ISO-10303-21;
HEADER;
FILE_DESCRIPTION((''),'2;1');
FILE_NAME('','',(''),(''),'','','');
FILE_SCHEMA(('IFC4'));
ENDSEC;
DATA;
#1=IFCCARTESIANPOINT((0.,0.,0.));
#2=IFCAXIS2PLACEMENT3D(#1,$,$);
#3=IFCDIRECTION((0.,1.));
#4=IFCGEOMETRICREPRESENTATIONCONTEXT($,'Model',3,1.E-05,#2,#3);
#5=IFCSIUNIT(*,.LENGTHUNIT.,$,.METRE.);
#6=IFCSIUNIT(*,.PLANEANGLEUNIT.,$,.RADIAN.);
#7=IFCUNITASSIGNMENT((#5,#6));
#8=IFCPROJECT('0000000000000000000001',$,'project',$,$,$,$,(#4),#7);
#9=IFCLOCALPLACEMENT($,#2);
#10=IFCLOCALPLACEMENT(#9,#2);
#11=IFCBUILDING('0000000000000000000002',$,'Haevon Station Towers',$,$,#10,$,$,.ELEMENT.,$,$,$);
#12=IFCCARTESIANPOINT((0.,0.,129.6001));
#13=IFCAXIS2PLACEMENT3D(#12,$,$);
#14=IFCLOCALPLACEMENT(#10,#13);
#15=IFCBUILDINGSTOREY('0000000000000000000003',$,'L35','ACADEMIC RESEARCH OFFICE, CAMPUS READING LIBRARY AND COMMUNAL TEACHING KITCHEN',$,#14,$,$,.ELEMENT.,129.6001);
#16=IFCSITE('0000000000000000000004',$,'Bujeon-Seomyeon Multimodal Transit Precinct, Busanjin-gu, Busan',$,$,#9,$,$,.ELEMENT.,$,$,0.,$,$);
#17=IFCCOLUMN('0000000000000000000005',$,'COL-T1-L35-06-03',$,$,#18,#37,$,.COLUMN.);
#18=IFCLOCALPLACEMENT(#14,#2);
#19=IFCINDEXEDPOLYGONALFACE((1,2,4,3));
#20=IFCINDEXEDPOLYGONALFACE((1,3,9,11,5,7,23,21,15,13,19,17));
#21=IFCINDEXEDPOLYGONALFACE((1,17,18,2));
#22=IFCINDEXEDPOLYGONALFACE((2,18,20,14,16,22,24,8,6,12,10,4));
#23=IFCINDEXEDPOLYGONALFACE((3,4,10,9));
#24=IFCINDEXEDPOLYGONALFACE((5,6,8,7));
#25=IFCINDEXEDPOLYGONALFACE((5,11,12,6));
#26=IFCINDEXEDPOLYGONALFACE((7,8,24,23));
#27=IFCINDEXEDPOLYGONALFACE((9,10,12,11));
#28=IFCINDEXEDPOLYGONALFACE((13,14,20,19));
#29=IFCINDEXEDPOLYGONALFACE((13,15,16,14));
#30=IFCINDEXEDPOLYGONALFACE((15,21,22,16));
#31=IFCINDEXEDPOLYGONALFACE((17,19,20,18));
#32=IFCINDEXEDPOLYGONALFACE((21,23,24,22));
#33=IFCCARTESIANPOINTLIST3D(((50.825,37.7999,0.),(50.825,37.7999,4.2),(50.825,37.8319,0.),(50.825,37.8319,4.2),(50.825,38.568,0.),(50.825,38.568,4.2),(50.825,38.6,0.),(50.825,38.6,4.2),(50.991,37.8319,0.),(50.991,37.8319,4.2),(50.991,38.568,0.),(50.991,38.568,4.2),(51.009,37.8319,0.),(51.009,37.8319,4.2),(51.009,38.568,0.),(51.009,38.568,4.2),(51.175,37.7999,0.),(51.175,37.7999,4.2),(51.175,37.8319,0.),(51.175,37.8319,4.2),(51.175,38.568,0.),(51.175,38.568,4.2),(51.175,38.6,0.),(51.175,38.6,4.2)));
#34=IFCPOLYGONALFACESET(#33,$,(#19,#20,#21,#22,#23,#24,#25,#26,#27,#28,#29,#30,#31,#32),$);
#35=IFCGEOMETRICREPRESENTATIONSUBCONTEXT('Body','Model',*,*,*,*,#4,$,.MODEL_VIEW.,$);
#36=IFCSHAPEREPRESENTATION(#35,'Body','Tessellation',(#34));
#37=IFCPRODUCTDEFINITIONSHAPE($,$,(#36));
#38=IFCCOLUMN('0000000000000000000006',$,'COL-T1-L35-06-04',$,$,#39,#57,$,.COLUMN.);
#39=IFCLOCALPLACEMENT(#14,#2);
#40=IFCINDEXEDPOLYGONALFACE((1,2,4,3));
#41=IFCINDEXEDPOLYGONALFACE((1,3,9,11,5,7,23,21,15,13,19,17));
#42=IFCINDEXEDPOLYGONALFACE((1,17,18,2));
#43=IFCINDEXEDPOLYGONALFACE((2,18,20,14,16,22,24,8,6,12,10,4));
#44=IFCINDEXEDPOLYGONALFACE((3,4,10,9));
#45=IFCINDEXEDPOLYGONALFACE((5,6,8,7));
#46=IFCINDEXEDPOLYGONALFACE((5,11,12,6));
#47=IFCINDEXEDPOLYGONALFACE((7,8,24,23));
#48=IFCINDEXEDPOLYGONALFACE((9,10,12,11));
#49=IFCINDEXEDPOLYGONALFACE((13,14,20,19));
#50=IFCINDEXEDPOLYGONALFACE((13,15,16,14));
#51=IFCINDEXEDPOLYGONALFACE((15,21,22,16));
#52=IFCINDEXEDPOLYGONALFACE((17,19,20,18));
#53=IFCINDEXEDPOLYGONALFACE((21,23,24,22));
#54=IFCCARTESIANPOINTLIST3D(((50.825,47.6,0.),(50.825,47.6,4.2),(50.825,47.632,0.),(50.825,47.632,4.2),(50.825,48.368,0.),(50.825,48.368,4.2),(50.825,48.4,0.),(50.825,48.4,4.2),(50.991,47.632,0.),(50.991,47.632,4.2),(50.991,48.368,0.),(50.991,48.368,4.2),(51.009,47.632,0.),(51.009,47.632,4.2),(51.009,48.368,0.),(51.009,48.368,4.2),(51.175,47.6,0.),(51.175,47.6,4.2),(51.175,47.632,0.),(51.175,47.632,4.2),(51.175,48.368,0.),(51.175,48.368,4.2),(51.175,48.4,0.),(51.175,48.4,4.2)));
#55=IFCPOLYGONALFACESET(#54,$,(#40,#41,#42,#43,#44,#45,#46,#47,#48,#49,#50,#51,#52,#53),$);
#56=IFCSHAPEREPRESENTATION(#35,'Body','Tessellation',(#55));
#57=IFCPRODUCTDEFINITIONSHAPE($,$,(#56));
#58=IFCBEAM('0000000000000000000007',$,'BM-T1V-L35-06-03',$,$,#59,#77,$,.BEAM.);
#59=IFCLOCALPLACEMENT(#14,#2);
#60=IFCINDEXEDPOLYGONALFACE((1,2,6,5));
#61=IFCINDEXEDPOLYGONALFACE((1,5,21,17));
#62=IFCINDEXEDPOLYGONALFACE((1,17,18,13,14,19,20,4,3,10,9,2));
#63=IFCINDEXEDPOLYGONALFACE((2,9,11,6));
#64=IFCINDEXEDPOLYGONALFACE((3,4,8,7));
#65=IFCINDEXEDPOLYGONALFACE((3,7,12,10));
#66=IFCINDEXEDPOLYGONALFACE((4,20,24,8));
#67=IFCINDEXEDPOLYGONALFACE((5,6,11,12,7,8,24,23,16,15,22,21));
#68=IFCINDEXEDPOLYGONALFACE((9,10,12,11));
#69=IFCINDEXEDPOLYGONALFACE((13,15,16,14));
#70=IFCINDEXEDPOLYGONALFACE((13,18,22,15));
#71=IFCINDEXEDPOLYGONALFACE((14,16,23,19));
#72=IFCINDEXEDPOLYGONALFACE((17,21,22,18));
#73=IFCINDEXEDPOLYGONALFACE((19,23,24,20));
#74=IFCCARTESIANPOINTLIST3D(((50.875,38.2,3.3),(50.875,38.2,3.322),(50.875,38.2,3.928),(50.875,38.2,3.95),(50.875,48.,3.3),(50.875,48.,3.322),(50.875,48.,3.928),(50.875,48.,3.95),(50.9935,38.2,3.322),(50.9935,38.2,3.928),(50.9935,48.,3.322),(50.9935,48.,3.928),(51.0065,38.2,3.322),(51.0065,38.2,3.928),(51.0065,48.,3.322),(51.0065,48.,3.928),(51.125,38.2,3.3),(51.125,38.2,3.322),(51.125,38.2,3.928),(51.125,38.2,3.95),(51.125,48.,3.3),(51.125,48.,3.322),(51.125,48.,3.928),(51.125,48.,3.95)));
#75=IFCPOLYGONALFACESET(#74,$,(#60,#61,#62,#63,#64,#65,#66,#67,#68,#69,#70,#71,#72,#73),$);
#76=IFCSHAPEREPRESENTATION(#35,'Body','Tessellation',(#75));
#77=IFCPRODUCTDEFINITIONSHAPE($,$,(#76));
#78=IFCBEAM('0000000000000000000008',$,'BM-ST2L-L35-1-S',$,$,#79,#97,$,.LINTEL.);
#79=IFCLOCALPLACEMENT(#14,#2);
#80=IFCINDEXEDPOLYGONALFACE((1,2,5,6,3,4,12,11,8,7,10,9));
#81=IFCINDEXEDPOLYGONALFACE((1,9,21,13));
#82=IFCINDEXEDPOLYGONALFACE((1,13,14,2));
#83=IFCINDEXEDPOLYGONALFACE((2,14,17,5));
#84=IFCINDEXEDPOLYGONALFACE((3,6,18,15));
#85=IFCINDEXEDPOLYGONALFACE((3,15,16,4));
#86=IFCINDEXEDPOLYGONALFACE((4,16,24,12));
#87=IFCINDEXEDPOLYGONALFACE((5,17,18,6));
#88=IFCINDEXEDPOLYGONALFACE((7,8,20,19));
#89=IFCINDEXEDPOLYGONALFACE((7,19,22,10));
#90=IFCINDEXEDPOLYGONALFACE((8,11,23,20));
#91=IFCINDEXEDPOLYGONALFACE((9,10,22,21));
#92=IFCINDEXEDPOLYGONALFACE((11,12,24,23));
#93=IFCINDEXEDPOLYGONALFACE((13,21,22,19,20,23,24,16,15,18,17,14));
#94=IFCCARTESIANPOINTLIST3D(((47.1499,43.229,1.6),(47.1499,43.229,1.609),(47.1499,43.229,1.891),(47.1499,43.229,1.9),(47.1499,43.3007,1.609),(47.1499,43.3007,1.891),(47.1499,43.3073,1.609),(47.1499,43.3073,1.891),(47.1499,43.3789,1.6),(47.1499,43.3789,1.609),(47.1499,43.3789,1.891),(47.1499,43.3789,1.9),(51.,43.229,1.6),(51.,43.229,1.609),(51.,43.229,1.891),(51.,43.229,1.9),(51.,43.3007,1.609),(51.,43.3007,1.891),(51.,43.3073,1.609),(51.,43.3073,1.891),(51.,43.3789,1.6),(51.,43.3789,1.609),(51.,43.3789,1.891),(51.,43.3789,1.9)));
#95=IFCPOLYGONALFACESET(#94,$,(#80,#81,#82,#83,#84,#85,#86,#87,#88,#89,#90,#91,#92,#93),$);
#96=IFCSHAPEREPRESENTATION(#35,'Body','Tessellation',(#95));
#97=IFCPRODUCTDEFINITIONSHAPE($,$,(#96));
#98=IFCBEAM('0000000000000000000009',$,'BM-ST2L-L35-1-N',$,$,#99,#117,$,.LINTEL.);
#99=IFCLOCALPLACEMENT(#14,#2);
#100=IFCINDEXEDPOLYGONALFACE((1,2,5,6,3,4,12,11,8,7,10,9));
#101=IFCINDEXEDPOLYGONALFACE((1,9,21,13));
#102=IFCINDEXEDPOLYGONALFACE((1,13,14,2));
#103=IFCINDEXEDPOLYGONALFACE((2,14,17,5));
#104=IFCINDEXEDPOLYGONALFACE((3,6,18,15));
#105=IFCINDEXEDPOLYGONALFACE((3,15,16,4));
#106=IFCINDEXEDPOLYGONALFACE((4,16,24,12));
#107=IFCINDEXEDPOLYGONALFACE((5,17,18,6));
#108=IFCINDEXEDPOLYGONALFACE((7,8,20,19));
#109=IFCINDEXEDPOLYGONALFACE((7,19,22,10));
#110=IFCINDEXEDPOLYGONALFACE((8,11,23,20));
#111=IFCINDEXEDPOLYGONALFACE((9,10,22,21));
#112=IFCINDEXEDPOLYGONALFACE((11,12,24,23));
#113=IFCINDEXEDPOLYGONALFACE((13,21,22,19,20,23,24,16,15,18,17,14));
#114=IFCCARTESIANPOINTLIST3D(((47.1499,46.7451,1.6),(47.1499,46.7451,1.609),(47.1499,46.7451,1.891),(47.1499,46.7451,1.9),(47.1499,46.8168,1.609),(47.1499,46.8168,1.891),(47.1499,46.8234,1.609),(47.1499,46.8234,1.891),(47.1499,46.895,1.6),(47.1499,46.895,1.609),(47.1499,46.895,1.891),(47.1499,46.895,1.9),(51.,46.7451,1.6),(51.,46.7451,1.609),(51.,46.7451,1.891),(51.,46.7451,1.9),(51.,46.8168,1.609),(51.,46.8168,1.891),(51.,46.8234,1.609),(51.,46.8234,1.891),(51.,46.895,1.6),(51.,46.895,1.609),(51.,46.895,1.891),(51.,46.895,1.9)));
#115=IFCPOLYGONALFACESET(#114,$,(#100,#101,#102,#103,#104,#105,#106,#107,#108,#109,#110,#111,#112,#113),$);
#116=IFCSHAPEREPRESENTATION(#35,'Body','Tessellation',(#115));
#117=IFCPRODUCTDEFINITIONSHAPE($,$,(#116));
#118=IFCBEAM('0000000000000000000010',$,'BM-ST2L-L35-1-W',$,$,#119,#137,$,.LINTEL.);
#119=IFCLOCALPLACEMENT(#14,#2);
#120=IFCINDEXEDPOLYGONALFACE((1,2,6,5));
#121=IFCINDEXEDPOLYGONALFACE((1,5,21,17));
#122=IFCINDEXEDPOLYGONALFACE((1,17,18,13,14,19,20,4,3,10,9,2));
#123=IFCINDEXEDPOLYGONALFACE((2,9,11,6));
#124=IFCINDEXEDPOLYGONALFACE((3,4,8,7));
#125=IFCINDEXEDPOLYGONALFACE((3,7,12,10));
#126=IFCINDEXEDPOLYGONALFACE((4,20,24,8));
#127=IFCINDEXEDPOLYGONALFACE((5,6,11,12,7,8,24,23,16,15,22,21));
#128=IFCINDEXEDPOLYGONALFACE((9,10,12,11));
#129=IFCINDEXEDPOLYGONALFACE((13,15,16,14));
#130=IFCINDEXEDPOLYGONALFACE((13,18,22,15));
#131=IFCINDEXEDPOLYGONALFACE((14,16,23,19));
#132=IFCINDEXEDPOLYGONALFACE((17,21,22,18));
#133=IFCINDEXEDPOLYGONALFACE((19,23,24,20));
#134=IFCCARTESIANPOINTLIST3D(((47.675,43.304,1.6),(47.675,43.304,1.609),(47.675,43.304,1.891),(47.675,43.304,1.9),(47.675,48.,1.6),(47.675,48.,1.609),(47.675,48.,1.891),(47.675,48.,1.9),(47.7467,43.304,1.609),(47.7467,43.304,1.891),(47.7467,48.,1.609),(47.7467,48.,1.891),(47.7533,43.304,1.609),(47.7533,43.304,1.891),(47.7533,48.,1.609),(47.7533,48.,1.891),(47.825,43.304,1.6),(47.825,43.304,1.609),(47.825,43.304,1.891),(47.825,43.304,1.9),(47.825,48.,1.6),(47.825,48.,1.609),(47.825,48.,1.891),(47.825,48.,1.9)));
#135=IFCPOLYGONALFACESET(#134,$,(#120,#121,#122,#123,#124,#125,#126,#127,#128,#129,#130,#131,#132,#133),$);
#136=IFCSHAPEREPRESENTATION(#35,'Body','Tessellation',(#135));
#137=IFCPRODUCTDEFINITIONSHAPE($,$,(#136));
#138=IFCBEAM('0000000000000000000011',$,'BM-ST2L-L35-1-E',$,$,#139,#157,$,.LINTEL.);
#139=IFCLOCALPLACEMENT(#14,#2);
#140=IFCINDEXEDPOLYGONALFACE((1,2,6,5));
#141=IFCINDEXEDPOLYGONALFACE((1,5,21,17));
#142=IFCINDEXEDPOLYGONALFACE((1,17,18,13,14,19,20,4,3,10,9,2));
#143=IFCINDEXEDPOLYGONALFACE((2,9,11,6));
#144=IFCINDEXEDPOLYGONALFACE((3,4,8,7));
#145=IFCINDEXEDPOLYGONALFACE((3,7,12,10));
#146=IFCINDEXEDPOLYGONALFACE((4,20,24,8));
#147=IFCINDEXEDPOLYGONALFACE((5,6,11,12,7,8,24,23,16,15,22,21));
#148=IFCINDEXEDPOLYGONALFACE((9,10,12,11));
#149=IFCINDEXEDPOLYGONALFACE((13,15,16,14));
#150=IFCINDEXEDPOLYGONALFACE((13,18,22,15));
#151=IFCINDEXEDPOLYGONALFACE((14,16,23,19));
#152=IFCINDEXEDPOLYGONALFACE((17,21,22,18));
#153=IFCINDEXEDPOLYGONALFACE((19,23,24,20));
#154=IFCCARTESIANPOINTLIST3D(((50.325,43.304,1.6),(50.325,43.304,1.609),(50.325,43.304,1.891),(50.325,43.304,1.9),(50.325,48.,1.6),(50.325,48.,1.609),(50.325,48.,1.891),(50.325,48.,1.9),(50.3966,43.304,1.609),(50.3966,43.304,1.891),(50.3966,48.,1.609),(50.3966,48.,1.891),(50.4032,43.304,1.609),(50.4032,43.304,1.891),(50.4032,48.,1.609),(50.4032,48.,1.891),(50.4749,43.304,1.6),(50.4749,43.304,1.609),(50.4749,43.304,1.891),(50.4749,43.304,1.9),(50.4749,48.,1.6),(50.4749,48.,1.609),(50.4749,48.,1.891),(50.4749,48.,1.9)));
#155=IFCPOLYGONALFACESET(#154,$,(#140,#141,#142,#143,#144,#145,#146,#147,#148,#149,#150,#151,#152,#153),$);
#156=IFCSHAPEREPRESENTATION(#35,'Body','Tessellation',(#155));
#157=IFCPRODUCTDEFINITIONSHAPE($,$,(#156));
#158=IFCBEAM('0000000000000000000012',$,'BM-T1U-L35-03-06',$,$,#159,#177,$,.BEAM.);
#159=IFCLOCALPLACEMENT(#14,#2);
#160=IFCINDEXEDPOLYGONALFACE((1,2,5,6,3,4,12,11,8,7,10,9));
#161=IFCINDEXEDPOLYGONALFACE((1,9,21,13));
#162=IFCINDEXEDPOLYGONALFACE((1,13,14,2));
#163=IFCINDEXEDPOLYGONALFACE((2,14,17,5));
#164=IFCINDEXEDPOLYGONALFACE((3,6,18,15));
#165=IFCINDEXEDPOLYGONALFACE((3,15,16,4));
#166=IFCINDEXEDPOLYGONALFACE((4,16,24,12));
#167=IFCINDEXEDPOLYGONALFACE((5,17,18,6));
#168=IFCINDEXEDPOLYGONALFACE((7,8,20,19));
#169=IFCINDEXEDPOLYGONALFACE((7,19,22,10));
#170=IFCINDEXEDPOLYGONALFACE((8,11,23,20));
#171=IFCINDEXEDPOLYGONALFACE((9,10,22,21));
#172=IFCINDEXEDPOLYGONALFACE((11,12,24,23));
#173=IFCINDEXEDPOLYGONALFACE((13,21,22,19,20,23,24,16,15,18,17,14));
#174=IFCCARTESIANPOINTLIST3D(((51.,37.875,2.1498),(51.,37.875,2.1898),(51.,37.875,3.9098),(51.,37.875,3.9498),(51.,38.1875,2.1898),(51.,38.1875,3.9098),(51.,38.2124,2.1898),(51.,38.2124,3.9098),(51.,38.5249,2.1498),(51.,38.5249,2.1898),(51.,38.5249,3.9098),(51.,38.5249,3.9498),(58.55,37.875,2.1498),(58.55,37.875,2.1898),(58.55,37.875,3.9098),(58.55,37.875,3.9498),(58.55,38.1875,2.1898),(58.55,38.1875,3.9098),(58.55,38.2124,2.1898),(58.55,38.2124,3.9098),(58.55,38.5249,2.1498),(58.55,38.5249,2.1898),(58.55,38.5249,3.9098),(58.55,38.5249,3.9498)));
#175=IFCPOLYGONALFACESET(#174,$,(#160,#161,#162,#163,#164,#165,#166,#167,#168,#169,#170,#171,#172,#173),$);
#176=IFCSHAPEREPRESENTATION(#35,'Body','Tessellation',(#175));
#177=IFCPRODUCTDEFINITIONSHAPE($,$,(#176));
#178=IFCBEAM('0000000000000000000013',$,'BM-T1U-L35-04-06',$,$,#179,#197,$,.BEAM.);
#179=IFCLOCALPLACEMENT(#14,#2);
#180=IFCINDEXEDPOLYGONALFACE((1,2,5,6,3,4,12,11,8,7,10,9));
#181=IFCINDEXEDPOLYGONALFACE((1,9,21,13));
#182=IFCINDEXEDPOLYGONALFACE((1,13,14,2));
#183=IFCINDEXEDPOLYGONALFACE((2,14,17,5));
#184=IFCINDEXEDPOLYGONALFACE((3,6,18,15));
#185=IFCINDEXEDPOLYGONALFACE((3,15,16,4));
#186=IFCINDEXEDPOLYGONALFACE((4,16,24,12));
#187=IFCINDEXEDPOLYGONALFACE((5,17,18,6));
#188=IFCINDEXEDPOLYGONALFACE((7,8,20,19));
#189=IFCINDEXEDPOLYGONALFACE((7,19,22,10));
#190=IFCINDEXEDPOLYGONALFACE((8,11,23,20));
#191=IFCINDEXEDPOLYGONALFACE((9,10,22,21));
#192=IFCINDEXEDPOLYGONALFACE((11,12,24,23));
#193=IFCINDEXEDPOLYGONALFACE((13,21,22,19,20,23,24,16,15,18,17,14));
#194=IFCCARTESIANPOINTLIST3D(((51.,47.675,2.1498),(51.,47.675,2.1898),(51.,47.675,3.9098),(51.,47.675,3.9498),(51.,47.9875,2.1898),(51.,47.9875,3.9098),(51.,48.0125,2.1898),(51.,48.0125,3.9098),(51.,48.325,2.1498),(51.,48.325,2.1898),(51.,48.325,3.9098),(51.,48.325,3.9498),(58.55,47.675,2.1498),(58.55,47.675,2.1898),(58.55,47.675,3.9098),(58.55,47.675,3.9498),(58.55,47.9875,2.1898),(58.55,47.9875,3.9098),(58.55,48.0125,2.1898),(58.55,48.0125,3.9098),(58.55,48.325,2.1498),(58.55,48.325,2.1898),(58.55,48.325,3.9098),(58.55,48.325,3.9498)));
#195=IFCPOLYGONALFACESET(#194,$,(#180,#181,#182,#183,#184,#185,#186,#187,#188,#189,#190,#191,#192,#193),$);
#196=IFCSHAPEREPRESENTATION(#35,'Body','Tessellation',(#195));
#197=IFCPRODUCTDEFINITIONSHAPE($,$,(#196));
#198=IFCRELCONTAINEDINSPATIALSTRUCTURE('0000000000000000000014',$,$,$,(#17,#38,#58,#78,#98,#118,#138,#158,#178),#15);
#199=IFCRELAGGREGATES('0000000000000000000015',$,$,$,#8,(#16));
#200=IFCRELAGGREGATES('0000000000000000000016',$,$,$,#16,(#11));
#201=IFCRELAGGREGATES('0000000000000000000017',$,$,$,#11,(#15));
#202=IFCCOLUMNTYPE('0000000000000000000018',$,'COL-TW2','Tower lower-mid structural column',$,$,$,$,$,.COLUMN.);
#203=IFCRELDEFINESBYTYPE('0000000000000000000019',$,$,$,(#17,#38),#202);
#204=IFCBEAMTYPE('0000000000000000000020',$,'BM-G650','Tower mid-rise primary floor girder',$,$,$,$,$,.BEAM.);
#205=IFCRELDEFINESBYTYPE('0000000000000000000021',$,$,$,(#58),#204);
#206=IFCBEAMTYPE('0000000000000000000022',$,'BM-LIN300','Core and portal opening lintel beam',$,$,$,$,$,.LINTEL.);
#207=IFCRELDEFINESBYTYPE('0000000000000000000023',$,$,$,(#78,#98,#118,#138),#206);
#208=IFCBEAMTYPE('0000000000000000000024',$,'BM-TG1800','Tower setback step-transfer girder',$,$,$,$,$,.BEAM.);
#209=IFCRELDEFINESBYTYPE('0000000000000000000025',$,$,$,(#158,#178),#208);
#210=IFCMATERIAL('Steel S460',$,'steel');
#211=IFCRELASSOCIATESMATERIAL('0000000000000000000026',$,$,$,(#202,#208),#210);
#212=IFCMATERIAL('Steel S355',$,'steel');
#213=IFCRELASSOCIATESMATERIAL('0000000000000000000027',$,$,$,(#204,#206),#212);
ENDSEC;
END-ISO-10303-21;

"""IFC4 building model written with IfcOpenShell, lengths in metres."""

from ifc_helpers import new_model, si_unit, direction, frame, origin, origin_2d, place, context, subcontext, project, spatial, i_section, extrude, material, material_profile, profile_set, type_object, element, save


model = new_model("IFC4")

# Units and contexts
model_context = context("Model", 3, precision=1e-05, world=origin(), true_north=direction((0.0, 1.0)))
body_context = subcontext(model_context, "Body", "Model", "MODEL_VIEW")
ifc_project = project(units=[si_unit("LENGTHUNIT", "METRE"), si_unit("PLANEANGLEUNIT", "RADIAN")], contexts=[model_context])

# Site, building, storey
site_placement = place(None, origin())
site = spatial("IfcSite", under=ifc_project, at=site_placement, Name="Bujeon-Seomyeon Multimodal Transit Precinct, Busanjin-gu, Busan", CompositionType="ELEMENT", RefElevation=0.0)
building_placement = place(site_placement, origin())
building = spatial("IfcBuilding", under=site, at=building_placement, Name="Haevon Station Towers", CompositionType="ELEMENT")
storey_placement = place(building_placement, frame((0.0, 0.0, 129.6001)))
storey = spatial("IfcBuildingStorey", under=building, at=storey_placement, Name="L35", Description="ACADEMIC RESEARCH OFFICE, CAMPUS READING LIBRARY AND COMMUNAL TEACHING KITCHEN", CompositionType="ELEMENT", Elevation=129.6001)

# Columns
ifc_material_1 = material(Name="Steel S460", Category="steel")
ifc_material_profile_1 = material_profile(ifc_material_1, i_section(OverallWidth=0.3501, OverallDepth=0.8, WebThickness=0.0181, FlangeThickness=0.032, at=origin_2d()), Name="H-800x350x18x32")
ifc_profile_set_1 = profile_set([ifc_material_profile_1], Name="Steel S460")
column_type = type_object("IfcColumnType", Name="COL-TW2", Description="Tower lower-mid structural column", PredefinedType="COLUMN", material=ifc_profile_set_1)
for number, where, z_axis, x_axis, name in (
    (1, (51.0, 38.2, 0.0), (0.0, 0.0, 1.0), (1.0, 0.0, 0.0), "COL-T1-L35-06-03"),
    (2, (51.0, 48.0, 0.0), (0.0, 0.0, 1.0), (1.0, 0.0, 0.0), "COL-T1-L35-06-04"),
):
    element("IfcColumn", number, at=place(storey_placement, frame(where, z_axis=z_axis, x_axis=x_axis)), inside=storey, type_object=column_type, Name=name, PredefinedType="COLUMN", context=body_context, shape_type="SweptSolid", body=[
        extrude(i_section(OverallWidth=0.3501, OverallDepth=0.8, WebThickness=0.0181, FlangeThickness=0.032, at=origin_2d()), origin(), (0.0, 0.0, 1.0), 4.2),
    ])

# Beams
ifc_material_2 = material(Name="Steel S355", Category="steel")
ifc_material_profile_2 = material_profile(ifc_material_2, i_section(OverallWidth=0.25, OverallDepth=0.6499, WebThickness=0.0129, FlangeThickness=0.022, at=origin_2d()), Name="H-650x250x13x22")
ifc_profile_set_2 = profile_set([ifc_material_profile_2], Name="Steel S355")
beam_type_1 = type_object("IfcBeamType", Name="BM-G650", Description="Tower mid-rise primary floor girder", PredefinedType="BEAM", material=ifc_profile_set_2)
beam_placement = place(storey_placement, frame((51.0, 38.2, 3.625), z_axis=(0.0, 1.0, 0.0), x_axis=(-1.0, 0.0, 0.0)))
element("IfcBeam", 3, at=beam_placement, inside=storey, type_object=beam_type_1, Name="BM-T1V-L35-06-03", PredefinedType="BEAM", context=body_context, shape_type="SweptSolid", body=[
    extrude(i_section(OverallWidth=0.25, OverallDepth=0.6499, WebThickness=0.0129, FlangeThickness=0.022, at=origin_2d()), origin(), (0.0, 0.0, 1.0), 9.8),
])
ifc_material_profile_3 = material_profile(ifc_material_2, i_section(OverallWidth=0.1499, OverallDepth=0.3, WebThickness=0.0066, FlangeThickness=0.009, at=origin_2d()), Name="H-300x150x6.5x9")
ifc_profile_set_3 = profile_set([ifc_material_profile_3], Name="Steel S355")
beam_type_2 = type_object("IfcBeamType", Name="BM-LIN300", Description="Core and portal opening lintel beam", PredefinedType="LINTEL", material=ifc_profile_set_3)
for number, where, z_axis, x_axis, name in (
    (4, (47.1499, 43.304, 1.75), (1.0, 0.0, 0.0), (0.0, 1.0, 0.0), "BM-ST2L-L35-1-S"),
    (5, (47.1499, 46.8201, 1.75), (1.0, 0.0, 0.0), (0.0, 1.0, 0.0), "BM-ST2L-L35-1-N"),
):
    element("IfcBeam", number, at=place(storey_placement, frame(where, z_axis=z_axis, x_axis=x_axis)), inside=storey, type_object=beam_type_2, Name=name, PredefinedType="LINTEL", context=body_context, shape_type="SweptSolid", body=[
        extrude(i_section(OverallWidth=0.1499, OverallDepth=0.3, WebThickness=0.0066, FlangeThickness=0.009, at=origin_2d()), origin(), (0.0, 0.0, 1.0), 3.8501),
    ])
for number, where, z_axis, x_axis, name in (
    (6, (47.75, 43.304, 1.75), (0.0, 1.0, 0.0), (-1.0, 0.0, 0.0), "BM-ST2L-L35-1-W"),
    (7, (50.3999, 43.304, 1.75), (0.0, 1.0, 0.0), (-1.0, 0.0, 0.0), "BM-ST2L-L35-1-E"),
):
    element("IfcBeam", number, at=place(storey_placement, frame(where, z_axis=z_axis, x_axis=x_axis)), inside=storey, type_object=beam_type_2, Name=name, PredefinedType="LINTEL", context=body_context, shape_type="SweptSolid", body=[
        extrude(i_section(OverallWidth=0.1499, OverallDepth=0.3, WebThickness=0.0066, FlangeThickness=0.009, at=origin_2d()), origin(), (0.0, 0.0, 1.0), 4.696),
    ])
ifc_material_profile_4 = material_profile(ifc_material_1, i_section(OverallWidth=0.6499, OverallDepth=1.8, WebThickness=0.0249, FlangeThickness=0.04, at=origin_2d()), Name="H-1800x650x25x40")
ifc_profile_set_4 = profile_set([ifc_material_profile_4], Name="Steel S460")
beam_type_3 = type_object("IfcBeamType", Name="BM-TG1800", Description="Tower setback step-transfer girder", PredefinedType="BEAM", material=ifc_profile_set_4)
for number, where, z_axis, x_axis, name in (
    (8, (51.0, 38.2, 3.0498), (1.0, 0.0, 0.0), (0.0, 1.0, 0.0), "BM-T1U-L35-03-06"),
    (9, (51.0, 48.0, 3.0498), (1.0, 0.0, 0.0), (0.0, 1.0, 0.0), "BM-T1U-L35-04-06"),
):
    element("IfcBeam", number, at=place(storey_placement, frame(where, z_axis=z_axis, x_axis=x_axis)), inside=storey, type_object=beam_type_3, Name=name, PredefinedType="BEAM", context=body_context, shape_type="SweptSolid", body=[
        extrude(i_section(OverallWidth=0.6499, OverallDepth=1.8, WebThickness=0.0249, FlangeThickness=0.04, at=origin_2d()), origin(), (0.0, 0.0, 1.0), 7.55),
    ])

save(model, "model.ifc")
